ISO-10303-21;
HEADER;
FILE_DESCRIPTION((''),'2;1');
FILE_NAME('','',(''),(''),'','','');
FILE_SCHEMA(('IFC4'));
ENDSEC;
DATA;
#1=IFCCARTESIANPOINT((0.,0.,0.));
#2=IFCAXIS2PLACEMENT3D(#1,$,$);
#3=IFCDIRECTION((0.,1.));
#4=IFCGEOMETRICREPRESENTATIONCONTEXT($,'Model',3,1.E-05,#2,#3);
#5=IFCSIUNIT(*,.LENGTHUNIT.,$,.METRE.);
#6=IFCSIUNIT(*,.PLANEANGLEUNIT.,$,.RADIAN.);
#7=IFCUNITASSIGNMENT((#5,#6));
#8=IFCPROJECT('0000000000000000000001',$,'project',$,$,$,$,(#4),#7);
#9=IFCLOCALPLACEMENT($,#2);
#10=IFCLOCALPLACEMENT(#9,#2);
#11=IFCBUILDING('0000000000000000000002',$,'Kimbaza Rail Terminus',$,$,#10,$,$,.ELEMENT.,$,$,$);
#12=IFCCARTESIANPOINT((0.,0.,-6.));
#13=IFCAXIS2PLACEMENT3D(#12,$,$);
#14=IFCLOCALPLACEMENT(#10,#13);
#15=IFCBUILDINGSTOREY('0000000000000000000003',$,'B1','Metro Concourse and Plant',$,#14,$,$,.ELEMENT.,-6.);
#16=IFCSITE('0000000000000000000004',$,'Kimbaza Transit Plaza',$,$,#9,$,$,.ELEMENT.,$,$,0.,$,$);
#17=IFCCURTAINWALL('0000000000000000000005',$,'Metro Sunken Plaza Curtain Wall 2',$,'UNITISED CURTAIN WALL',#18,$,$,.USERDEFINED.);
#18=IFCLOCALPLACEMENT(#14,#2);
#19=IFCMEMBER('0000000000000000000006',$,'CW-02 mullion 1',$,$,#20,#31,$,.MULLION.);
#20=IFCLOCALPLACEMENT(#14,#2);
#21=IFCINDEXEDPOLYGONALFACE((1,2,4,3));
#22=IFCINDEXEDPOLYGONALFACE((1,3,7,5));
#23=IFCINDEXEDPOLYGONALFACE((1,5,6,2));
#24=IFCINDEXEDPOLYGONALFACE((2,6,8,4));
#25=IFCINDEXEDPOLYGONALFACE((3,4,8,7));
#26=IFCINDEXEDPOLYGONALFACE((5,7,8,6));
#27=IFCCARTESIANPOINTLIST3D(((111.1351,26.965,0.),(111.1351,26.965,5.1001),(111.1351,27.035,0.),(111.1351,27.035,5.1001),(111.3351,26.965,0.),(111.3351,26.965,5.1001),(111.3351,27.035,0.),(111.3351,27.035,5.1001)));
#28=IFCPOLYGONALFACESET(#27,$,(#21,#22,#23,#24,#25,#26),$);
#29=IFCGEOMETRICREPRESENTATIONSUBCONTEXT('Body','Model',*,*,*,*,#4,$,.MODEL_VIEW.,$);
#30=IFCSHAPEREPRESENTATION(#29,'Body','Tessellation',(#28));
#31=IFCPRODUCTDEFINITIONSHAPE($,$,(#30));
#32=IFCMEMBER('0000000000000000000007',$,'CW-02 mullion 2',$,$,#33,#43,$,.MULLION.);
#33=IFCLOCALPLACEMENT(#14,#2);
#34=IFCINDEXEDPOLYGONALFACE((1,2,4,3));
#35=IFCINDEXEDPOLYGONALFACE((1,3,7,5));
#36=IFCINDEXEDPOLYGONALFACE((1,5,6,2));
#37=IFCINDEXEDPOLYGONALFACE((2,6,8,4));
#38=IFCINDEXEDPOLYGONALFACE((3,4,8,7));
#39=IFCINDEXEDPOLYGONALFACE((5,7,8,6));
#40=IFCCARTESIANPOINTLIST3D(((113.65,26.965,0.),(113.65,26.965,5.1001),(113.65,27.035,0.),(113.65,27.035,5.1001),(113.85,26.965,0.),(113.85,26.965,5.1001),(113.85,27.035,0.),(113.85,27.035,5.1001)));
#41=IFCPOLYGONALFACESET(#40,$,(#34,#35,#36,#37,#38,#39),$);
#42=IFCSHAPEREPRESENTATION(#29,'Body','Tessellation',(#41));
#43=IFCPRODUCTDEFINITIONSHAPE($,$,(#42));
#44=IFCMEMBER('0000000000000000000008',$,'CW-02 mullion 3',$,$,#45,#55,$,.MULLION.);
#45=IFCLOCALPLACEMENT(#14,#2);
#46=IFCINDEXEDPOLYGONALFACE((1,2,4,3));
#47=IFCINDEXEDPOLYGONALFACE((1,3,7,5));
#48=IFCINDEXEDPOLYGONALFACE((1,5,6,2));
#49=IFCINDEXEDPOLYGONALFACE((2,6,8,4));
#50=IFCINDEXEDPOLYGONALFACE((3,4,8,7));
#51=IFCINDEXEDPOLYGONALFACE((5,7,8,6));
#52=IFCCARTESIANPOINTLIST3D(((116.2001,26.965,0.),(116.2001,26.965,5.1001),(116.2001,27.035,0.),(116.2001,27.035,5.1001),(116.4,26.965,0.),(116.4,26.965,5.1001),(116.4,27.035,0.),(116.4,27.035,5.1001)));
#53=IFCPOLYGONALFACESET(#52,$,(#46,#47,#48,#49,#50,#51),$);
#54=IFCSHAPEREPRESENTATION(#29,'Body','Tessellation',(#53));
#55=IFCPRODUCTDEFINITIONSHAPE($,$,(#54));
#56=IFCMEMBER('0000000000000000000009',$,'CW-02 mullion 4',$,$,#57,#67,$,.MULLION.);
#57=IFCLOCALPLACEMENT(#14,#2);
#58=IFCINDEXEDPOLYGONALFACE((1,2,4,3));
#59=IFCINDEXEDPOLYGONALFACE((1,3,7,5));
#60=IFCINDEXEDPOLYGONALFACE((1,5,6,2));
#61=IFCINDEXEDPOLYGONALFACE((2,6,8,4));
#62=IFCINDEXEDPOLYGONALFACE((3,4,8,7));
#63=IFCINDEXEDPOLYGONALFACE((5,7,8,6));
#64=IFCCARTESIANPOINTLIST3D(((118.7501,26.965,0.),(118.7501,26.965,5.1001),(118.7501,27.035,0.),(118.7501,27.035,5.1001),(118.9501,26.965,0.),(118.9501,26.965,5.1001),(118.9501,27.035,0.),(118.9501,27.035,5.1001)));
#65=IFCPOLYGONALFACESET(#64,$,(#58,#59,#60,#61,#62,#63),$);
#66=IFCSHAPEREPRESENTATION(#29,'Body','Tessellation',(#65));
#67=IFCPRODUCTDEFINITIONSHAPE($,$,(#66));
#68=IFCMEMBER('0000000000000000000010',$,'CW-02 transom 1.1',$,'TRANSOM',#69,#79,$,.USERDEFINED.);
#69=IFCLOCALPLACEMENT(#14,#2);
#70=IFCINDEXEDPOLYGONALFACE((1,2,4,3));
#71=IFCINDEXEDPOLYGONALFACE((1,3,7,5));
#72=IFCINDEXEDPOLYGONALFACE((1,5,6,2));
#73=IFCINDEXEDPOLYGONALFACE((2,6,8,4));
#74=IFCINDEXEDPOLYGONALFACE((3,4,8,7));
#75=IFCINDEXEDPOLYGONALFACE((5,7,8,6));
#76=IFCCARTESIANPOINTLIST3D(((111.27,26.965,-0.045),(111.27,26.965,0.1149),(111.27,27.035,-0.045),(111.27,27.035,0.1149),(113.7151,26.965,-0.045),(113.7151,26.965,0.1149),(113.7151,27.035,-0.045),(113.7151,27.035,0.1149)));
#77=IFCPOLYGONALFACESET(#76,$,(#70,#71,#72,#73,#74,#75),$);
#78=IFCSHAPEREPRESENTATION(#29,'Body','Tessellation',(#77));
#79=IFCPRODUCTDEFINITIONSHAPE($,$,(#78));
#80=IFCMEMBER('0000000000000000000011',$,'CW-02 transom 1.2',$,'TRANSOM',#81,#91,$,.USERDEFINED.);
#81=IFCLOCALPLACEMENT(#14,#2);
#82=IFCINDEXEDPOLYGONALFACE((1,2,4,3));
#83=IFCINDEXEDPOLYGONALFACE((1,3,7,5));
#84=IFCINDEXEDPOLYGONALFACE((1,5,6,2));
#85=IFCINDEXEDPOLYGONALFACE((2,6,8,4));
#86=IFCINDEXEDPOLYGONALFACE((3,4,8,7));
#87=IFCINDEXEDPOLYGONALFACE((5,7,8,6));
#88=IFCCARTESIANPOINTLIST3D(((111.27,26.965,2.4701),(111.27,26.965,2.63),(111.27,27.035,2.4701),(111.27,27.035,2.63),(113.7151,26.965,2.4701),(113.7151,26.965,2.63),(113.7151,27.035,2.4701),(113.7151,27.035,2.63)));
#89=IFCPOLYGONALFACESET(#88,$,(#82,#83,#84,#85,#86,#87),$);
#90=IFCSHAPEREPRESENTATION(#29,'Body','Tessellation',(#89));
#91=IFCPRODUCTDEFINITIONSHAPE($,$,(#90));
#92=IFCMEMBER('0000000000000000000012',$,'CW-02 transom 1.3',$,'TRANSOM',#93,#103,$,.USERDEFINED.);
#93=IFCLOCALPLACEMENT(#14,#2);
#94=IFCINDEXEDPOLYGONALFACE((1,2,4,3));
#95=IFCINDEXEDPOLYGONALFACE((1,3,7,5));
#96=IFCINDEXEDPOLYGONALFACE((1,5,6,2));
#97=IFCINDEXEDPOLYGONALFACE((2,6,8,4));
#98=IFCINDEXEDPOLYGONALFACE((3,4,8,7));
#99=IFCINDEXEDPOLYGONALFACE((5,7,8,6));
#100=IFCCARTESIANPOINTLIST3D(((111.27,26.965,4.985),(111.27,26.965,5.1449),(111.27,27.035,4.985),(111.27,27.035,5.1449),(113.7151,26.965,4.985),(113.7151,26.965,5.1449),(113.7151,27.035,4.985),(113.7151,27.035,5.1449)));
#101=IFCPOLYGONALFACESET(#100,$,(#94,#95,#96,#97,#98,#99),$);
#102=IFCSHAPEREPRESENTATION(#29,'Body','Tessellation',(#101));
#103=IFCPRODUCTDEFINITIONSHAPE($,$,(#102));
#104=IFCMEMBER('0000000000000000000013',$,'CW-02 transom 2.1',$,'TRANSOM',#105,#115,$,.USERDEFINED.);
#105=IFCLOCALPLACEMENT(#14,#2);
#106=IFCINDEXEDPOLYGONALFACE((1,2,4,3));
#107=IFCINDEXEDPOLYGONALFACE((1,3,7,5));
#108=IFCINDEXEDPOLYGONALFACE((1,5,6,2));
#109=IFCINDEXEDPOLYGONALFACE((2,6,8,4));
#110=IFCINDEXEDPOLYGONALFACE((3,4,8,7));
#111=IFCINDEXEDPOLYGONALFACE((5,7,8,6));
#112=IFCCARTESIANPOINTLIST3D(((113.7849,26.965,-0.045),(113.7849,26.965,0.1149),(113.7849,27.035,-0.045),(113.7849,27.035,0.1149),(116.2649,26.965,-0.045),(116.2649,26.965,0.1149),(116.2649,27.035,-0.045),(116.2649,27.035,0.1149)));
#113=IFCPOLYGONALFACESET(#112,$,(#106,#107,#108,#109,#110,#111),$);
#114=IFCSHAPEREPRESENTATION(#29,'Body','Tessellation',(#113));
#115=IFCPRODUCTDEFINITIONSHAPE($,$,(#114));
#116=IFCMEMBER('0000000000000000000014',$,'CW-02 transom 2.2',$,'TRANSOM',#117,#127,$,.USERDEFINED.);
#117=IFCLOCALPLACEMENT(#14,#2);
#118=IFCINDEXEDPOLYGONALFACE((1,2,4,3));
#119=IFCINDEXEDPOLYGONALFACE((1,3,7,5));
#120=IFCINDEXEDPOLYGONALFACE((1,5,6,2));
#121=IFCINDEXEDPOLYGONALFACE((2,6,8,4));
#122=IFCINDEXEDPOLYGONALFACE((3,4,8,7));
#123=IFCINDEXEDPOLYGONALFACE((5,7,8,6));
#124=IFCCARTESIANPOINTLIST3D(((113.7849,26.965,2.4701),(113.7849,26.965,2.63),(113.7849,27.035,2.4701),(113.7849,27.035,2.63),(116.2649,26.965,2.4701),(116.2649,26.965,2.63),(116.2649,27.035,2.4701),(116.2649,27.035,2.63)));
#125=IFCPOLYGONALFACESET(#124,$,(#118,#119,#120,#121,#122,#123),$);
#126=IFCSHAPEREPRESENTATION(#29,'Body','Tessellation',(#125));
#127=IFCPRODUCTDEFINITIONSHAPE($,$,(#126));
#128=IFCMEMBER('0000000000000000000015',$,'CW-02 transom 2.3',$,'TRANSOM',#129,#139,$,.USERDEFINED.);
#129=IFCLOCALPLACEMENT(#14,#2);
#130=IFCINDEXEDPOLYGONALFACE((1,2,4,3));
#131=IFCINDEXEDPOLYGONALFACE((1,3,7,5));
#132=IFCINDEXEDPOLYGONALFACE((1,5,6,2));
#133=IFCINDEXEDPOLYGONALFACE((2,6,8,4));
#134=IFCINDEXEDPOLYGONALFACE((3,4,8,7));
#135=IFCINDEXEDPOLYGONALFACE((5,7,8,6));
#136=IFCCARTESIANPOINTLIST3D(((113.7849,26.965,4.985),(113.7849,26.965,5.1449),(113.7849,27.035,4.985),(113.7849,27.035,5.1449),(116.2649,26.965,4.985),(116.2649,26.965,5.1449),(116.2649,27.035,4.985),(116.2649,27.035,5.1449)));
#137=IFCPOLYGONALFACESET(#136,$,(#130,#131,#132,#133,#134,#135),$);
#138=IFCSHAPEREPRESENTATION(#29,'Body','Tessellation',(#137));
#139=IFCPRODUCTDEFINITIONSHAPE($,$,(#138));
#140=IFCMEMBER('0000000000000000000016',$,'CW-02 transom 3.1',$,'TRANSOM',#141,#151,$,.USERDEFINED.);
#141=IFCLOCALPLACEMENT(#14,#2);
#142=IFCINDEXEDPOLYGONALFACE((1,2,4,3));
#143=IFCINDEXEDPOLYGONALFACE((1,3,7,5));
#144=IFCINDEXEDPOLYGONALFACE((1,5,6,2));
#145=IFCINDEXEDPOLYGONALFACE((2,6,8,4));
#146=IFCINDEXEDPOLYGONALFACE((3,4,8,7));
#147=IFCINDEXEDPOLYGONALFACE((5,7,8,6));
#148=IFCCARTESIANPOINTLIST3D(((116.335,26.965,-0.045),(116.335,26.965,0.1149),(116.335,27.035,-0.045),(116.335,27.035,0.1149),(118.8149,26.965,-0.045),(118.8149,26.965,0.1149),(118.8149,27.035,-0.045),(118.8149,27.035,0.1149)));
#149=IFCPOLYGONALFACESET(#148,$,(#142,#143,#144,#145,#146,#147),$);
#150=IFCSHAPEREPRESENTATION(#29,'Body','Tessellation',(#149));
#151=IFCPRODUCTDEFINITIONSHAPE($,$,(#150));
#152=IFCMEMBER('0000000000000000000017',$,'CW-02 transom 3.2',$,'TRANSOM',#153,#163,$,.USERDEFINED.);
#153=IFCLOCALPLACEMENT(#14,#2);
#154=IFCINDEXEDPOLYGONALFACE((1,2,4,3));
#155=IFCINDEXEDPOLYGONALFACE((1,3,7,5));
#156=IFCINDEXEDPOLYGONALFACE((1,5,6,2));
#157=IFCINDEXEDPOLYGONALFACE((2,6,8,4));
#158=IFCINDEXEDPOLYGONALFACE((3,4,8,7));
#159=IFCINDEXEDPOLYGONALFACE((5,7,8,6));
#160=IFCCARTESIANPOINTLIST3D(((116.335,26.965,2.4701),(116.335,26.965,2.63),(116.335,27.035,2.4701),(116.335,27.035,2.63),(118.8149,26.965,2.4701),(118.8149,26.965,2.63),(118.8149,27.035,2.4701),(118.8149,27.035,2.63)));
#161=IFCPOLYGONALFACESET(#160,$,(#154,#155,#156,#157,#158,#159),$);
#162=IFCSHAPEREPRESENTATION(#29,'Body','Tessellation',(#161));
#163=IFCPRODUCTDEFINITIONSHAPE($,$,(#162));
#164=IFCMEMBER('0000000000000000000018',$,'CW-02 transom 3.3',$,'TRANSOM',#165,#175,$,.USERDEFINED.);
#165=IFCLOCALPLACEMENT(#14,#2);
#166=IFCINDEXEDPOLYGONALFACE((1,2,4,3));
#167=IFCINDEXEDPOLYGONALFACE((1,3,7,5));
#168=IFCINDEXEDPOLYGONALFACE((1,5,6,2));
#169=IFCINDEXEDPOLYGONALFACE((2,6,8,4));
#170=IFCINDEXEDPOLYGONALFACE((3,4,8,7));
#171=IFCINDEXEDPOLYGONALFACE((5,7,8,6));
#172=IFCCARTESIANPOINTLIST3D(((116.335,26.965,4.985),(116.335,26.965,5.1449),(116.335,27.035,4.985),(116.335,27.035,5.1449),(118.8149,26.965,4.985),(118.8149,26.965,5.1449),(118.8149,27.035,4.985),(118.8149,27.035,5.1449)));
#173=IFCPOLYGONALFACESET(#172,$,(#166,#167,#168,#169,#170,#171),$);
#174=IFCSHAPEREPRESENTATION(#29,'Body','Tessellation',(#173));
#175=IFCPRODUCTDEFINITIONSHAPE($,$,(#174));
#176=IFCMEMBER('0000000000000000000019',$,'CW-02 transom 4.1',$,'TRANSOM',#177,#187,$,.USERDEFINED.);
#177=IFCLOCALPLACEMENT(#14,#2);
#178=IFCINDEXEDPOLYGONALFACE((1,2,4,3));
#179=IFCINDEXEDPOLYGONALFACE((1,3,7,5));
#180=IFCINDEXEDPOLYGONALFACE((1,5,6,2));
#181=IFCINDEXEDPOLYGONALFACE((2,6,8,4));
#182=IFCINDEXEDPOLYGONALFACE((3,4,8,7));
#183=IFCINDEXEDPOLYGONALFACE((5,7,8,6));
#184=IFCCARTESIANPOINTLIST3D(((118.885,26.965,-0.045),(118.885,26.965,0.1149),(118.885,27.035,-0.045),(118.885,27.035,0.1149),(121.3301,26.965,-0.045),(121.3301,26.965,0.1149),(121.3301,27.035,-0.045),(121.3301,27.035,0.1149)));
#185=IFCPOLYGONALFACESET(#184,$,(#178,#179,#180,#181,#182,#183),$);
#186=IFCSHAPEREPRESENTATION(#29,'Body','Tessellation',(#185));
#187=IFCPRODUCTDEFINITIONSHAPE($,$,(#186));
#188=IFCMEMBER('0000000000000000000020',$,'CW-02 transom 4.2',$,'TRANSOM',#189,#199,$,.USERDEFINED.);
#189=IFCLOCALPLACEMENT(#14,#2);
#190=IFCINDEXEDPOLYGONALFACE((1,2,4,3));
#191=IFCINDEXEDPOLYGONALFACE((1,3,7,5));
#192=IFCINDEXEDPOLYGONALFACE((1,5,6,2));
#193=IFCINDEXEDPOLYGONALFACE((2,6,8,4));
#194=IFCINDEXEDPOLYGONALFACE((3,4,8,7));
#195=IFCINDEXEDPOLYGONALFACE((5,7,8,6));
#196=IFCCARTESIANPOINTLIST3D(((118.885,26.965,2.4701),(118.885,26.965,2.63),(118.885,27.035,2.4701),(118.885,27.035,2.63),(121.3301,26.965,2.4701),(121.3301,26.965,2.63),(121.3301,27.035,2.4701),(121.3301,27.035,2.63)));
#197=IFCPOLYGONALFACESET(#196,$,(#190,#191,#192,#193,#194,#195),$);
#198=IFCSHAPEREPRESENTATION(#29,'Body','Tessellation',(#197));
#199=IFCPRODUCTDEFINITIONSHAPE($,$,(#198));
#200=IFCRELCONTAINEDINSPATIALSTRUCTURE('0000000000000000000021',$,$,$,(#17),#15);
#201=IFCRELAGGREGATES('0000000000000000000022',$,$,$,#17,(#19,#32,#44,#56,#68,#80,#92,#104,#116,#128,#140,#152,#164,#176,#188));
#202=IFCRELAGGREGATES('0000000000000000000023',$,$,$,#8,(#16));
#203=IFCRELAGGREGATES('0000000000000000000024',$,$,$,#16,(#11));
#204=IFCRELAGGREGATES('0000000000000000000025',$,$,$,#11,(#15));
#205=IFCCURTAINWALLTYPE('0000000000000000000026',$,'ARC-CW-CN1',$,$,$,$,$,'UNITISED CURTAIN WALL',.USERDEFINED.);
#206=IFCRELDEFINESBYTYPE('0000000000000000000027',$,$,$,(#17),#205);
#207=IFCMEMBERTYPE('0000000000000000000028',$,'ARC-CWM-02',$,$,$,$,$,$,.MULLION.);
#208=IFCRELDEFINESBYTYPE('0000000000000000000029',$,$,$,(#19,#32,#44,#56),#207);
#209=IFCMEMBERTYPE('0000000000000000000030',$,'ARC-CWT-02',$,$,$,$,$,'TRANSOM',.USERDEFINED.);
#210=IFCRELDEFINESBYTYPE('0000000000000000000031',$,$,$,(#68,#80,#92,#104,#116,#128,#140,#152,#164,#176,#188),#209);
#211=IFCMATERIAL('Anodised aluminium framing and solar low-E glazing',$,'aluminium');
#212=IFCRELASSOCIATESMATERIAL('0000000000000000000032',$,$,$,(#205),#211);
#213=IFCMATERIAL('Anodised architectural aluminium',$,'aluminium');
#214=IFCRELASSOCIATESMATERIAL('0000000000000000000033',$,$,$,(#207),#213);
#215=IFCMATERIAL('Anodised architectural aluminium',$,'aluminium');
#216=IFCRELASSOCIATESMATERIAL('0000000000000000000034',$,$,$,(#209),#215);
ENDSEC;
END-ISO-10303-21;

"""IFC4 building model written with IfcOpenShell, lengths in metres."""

from ifc_helpers import new_model, si_unit, direction, frame, origin, origin_2d, place, context, subcontext, project, spatial, rectangle, extrude, material, material_profile, profile_set, type_object, element, aggregate, save


model = new_model("IFC4")

# Units and contexts
model_context = context("Model", 3, precision=1e-05, world=origin(), true_north=direction((0.0, 1.0)))
body_context = subcontext(model_context, "Body", "Model", "MODEL_VIEW")
ifc_project = project(units=[si_unit("LENGTHUNIT", "METRE"), si_unit("PLANEANGLEUNIT", "RADIAN")], contexts=[model_context])

# Site, building, storey
site_placement = place(None, origin())
site = spatial("IfcSite", under=ifc_project, at=site_placement, Name="Kimbaza Transit Plaza", CompositionType="ELEMENT", RefElevation=0.0)
building_placement = place(site_placement, origin())
building = spatial("IfcBuilding", under=site, at=building_placement, Name="Kimbaza Rail Terminus", CompositionType="ELEMENT")
storey_placement = place(building_placement, frame((0.0, 0.0, -6.0)))
storey = spatial("IfcBuildingStorey", under=building, at=storey_placement, Name="B1", Description="Metro Concourse and Plant", CompositionType="ELEMENT", Elevation=-6.0)

# Curtain wall, members
ifc_material_1 = material(Name="Anodised aluminium framing and solar low-E glazing", Category="aluminium")
curtain_wall_type = type_object("IfcCurtainWallType", Name="ARC-CW-CN1", ElementType="UNITISED CURTAIN WALL", PredefinedType="USERDEFINED", material=ifc_material_1)
curtain_wall_placement = place(storey_placement, origin())
curtain_wall = element("IfcCurtainWall", 1, at=curtain_wall_placement, inside=storey, type_object=curtain_wall_type, Name="Metro Sunken Plaza Curtain Wall 2", ObjectType="UNITISED CURTAIN WALL", PredefinedType="USERDEFINED")
ifc_material_2 = material(Name="Anodised architectural aluminium", Category="aluminium")
ifc_material_profile_1 = material_profile(ifc_material_2, rectangle(XDim=0.0701, YDim=0.2, at=origin_2d()), Name="MULLION 70x200")
ifc_profile_set_1 = profile_set([ifc_material_profile_1], Name="Anodised architectural aluminium")
member_type_1 = type_object("IfcMemberType", Name="ARC-CWM-02", PredefinedType="MULLION", material=ifc_profile_set_1)
member_1_placement = place(storey_placement, frame((111.2351, 27.0, 0.0), z_axis=(0.0, 0.0, 1.0), x_axis=(0.0, 1.0, 0.0)))
member_1 = element("IfcMember", 2, at=member_1_placement, type_object=member_type_1, Name="CW-02 mullion 1", PredefinedType="MULLION", context=body_context, shape_type="SweptSolid", body=[
    extrude(rectangle(XDim=0.0701, YDim=0.2, at=origin_2d()), origin(), (0.0, 0.0, 1.0), 5.1001),
])
member_2_placement = place(storey_placement, frame((113.75, 27.0, 0.0), z_axis=(0.0, 0.0, 1.0), x_axis=(0.0, 1.0, 0.0)))
member_2 = element("IfcMember", 3, at=member_2_placement, type_object=member_type_1, Name="CW-02 mullion 2", PredefinedType="MULLION", context=body_context, shape_type="SweptSolid", body=[
    extrude(rectangle(XDim=0.0701, YDim=0.2, at=origin_2d()), origin(), (0.0, 0.0, 1.0), 5.1001),
])
member_3_placement = place(storey_placement, frame((116.3, 27.0, 0.0), z_axis=(0.0, 0.0, 1.0), x_axis=(0.0, 1.0, 0.0)))
member_3 = element("IfcMember", 4, at=member_3_placement, type_object=member_type_1, Name="CW-02 mullion 3", PredefinedType="MULLION", context=body_context, shape_type="SweptSolid", body=[
    extrude(rectangle(XDim=0.0701, YDim=0.2, at=origin_2d()), origin(), (0.0, 0.0, 1.0), 5.1001),
])
member_4_placement = place(storey_placement, frame((118.8501, 27.0, 0.0), z_axis=(0.0, 0.0, 1.0), x_axis=(0.0, 1.0, 0.0)))
member_4 = element("IfcMember", 5, at=member_4_placement, type_object=member_type_1, Name="CW-02 mullion 4", PredefinedType="MULLION", context=body_context, shape_type="SweptSolid", body=[
    extrude(rectangle(XDim=0.0701, YDim=0.2, at=origin_2d()), origin(), (0.0, 0.0, 1.0), 5.1001),
])
ifc_material_3 = material(Name="Anodised architectural aluminium", Category="aluminium")
ifc_material_profile_2 = material_profile(ifc_material_3, rectangle(XDim=0.0701, YDim=0.1599, at=origin_2d()), Name="TRANSOM 70x160")
ifc_profile_set_2 = profile_set([ifc_material_profile_2], Name="Anodised architectural aluminium")
member_type_2 = type_object("IfcMemberType", Name="ARC-CWT-02", ElementType="TRANSOM", PredefinedType="USERDEFINED", material=ifc_profile_set_2)
member_5_placement = place(storey_placement, frame((111.27, 27.0, 0.0349), z_axis=(1.0, 0.0, 0.0), x_axis=(0.0, 1.0, 0.0)))
member_5 = element("IfcMember", 6, at=member_5_placement, type_object=member_type_2, Name="CW-02 transom 1.1", ObjectType="TRANSOM", PredefinedType="USERDEFINED", context=body_context, shape_type="SweptSolid", body=[
    extrude(rectangle(XDim=0.0701, YDim=0.1599, at=origin_2d()), origin(), (0.0, 0.0, 1.0), 2.4451),
])
member_6_placement = place(storey_placement, frame((111.27, 27.0, 2.55), z_axis=(1.0, 0.0, 0.0), x_axis=(0.0, 1.0, 0.0)))
member_6 = element("IfcMember", 7, at=member_6_placement, type_object=member_type_2, Name="CW-02 transom 1.2", ObjectType="TRANSOM", PredefinedType="USERDEFINED", context=body_context, shape_type="SweptSolid", body=[
    extrude(rectangle(XDim=0.0701, YDim=0.1599, at=origin_2d()), origin(), (0.0, 0.0, 1.0), 2.4451),
])
member_7_placement = place(storey_placement, frame((111.27, 27.0, 5.0649), z_axis=(1.0, 0.0, 0.0), x_axis=(0.0, 1.0, 0.0)))
member_7 = element("IfcMember", 8, at=member_7_placement, type_object=member_type_2, Name="CW-02 transom 1.3", ObjectType="TRANSOM", PredefinedType="USERDEFINED", context=body_context, shape_type="SweptSolid", body=[
    extrude(rectangle(XDim=0.0701, YDim=0.1599, at=origin_2d()), origin(), (0.0, 0.0, 1.0), 2.4451),
])
member_8_placement = place(storey_placement, frame((113.7849, 27.0, 0.0349), z_axis=(1.0, 0.0, 0.0), x_axis=(0.0, 1.0, 0.0)))
member_8 = element("IfcMember", 9, at=member_8_placement, type_object=member_type_2, Name="CW-02 transom 2.1", ObjectType="TRANSOM", PredefinedType="USERDEFINED", context=body_context, shape_type="SweptSolid", body=[
    extrude(rectangle(XDim=0.0701, YDim=0.1599, at=origin_2d()), origin(), (0.0, 0.0, 1.0), 2.48),
])
member_9_placement = place(storey_placement, frame((113.7849, 27.0, 2.55), z_axis=(1.0, 0.0, 0.0), x_axis=(0.0, 1.0, 0.0)))
member_9 = element("IfcMember", 10, at=member_9_placement, type_object=member_type_2, Name="CW-02 transom 2.2", ObjectType="TRANSOM", PredefinedType="USERDEFINED", context=body_context, shape_type="SweptSolid", body=[
    extrude(rectangle(XDim=0.0701, YDim=0.1599, at=origin_2d()), origin(), (0.0, 0.0, 1.0), 2.48),
])
member_10_placement = place(storey_placement, frame((113.7849, 27.0, 5.0649), z_axis=(1.0, 0.0, 0.0), x_axis=(0.0, 1.0, 0.0)))
member_10 = element("IfcMember", 11, at=member_10_placement, type_object=member_type_2, Name="CW-02 transom 2.3", ObjectType="TRANSOM", PredefinedType="USERDEFINED", context=body_context, shape_type="SweptSolid", body=[
    extrude(rectangle(XDim=0.0701, YDim=0.1599, at=origin_2d()), origin(), (0.0, 0.0, 1.0), 2.48),
])
member_11_placement = place(storey_placement, frame((116.335, 27.0, 0.0349), z_axis=(1.0, 0.0, 0.0), x_axis=(0.0, 1.0, 0.0)))
member_11 = element("IfcMember", 12, at=member_11_placement, type_object=member_type_2, Name="CW-02 transom 3.1", ObjectType="TRANSOM", PredefinedType="USERDEFINED", context=body_context, shape_type="SweptSolid", body=[
    extrude(rectangle(XDim=0.0701, YDim=0.1599, at=origin_2d()), origin(), (0.0, 0.0, 1.0), 2.48),
])
member_12_placement = place(storey_placement, frame((116.335, 27.0, 2.55), z_axis=(1.0, 0.0, 0.0), x_axis=(0.0, 1.0, 0.0)))
member_12 = element("IfcMember", 13, at=member_12_placement, type_object=member_type_2, Name="CW-02 transom 3.2", ObjectType="TRANSOM", PredefinedType="USERDEFINED", context=body_context, shape_type="SweptSolid", body=[
    extrude(rectangle(XDim=0.0701, YDim=0.1599, at=origin_2d()), origin(), (0.0, 0.0, 1.0), 2.48),
])
member_13_placement = place(storey_placement, frame((116.335, 27.0, 5.0649), z_axis=(1.0, 0.0, 0.0), x_axis=(0.0, 1.0, 0.0)))
member_13 = element("IfcMember", 14, at=member_13_placement, type_object=member_type_2, Name="CW-02 transom 3.3", ObjectType="TRANSOM", PredefinedType="USERDEFINED", context=body_context, shape_type="SweptSolid", body=[
    extrude(rectangle(XDim=0.0701, YDim=0.1599, at=origin_2d()), origin(), (0.0, 0.0, 1.0), 2.48),
])
member_14_placement = place(storey_placement, frame((118.885, 27.0, 0.0349), z_axis=(1.0, 0.0, 0.0), x_axis=(0.0, 1.0, 0.0)))
member_14 = element("IfcMember", 15, at=member_14_placement, type_object=member_type_2, Name="CW-02 transom 4.1", ObjectType="TRANSOM", PredefinedType="USERDEFINED", context=body_context, shape_type="SweptSolid", body=[
    extrude(rectangle(XDim=0.0701, YDim=0.1599, at=origin_2d()), origin(), (0.0, 0.0, 1.0), 2.4451),
])
member_15_placement = place(storey_placement, frame((118.885, 27.0, 2.55), z_axis=(1.0, 0.0, 0.0), x_axis=(0.0, 1.0, 0.0)))
member_15 = element("IfcMember", 16, at=member_15_placement, type_object=member_type_2, Name="CW-02 transom 4.2", ObjectType="TRANSOM", PredefinedType="USERDEFINED", context=body_context, shape_type="SweptSolid", body=[
    extrude(rectangle(XDim=0.0701, YDim=0.1599, at=origin_2d()), origin(), (0.0, 0.0, 1.0), 2.4451),
])
aggregate(curtain_wall, [member_1, member_2, member_3, member_4, member_5, member_6, member_7, member_8, member_9, member_10, member_11, member_12, member_13, member_14, member_15])

save(model, "model.ifc")
